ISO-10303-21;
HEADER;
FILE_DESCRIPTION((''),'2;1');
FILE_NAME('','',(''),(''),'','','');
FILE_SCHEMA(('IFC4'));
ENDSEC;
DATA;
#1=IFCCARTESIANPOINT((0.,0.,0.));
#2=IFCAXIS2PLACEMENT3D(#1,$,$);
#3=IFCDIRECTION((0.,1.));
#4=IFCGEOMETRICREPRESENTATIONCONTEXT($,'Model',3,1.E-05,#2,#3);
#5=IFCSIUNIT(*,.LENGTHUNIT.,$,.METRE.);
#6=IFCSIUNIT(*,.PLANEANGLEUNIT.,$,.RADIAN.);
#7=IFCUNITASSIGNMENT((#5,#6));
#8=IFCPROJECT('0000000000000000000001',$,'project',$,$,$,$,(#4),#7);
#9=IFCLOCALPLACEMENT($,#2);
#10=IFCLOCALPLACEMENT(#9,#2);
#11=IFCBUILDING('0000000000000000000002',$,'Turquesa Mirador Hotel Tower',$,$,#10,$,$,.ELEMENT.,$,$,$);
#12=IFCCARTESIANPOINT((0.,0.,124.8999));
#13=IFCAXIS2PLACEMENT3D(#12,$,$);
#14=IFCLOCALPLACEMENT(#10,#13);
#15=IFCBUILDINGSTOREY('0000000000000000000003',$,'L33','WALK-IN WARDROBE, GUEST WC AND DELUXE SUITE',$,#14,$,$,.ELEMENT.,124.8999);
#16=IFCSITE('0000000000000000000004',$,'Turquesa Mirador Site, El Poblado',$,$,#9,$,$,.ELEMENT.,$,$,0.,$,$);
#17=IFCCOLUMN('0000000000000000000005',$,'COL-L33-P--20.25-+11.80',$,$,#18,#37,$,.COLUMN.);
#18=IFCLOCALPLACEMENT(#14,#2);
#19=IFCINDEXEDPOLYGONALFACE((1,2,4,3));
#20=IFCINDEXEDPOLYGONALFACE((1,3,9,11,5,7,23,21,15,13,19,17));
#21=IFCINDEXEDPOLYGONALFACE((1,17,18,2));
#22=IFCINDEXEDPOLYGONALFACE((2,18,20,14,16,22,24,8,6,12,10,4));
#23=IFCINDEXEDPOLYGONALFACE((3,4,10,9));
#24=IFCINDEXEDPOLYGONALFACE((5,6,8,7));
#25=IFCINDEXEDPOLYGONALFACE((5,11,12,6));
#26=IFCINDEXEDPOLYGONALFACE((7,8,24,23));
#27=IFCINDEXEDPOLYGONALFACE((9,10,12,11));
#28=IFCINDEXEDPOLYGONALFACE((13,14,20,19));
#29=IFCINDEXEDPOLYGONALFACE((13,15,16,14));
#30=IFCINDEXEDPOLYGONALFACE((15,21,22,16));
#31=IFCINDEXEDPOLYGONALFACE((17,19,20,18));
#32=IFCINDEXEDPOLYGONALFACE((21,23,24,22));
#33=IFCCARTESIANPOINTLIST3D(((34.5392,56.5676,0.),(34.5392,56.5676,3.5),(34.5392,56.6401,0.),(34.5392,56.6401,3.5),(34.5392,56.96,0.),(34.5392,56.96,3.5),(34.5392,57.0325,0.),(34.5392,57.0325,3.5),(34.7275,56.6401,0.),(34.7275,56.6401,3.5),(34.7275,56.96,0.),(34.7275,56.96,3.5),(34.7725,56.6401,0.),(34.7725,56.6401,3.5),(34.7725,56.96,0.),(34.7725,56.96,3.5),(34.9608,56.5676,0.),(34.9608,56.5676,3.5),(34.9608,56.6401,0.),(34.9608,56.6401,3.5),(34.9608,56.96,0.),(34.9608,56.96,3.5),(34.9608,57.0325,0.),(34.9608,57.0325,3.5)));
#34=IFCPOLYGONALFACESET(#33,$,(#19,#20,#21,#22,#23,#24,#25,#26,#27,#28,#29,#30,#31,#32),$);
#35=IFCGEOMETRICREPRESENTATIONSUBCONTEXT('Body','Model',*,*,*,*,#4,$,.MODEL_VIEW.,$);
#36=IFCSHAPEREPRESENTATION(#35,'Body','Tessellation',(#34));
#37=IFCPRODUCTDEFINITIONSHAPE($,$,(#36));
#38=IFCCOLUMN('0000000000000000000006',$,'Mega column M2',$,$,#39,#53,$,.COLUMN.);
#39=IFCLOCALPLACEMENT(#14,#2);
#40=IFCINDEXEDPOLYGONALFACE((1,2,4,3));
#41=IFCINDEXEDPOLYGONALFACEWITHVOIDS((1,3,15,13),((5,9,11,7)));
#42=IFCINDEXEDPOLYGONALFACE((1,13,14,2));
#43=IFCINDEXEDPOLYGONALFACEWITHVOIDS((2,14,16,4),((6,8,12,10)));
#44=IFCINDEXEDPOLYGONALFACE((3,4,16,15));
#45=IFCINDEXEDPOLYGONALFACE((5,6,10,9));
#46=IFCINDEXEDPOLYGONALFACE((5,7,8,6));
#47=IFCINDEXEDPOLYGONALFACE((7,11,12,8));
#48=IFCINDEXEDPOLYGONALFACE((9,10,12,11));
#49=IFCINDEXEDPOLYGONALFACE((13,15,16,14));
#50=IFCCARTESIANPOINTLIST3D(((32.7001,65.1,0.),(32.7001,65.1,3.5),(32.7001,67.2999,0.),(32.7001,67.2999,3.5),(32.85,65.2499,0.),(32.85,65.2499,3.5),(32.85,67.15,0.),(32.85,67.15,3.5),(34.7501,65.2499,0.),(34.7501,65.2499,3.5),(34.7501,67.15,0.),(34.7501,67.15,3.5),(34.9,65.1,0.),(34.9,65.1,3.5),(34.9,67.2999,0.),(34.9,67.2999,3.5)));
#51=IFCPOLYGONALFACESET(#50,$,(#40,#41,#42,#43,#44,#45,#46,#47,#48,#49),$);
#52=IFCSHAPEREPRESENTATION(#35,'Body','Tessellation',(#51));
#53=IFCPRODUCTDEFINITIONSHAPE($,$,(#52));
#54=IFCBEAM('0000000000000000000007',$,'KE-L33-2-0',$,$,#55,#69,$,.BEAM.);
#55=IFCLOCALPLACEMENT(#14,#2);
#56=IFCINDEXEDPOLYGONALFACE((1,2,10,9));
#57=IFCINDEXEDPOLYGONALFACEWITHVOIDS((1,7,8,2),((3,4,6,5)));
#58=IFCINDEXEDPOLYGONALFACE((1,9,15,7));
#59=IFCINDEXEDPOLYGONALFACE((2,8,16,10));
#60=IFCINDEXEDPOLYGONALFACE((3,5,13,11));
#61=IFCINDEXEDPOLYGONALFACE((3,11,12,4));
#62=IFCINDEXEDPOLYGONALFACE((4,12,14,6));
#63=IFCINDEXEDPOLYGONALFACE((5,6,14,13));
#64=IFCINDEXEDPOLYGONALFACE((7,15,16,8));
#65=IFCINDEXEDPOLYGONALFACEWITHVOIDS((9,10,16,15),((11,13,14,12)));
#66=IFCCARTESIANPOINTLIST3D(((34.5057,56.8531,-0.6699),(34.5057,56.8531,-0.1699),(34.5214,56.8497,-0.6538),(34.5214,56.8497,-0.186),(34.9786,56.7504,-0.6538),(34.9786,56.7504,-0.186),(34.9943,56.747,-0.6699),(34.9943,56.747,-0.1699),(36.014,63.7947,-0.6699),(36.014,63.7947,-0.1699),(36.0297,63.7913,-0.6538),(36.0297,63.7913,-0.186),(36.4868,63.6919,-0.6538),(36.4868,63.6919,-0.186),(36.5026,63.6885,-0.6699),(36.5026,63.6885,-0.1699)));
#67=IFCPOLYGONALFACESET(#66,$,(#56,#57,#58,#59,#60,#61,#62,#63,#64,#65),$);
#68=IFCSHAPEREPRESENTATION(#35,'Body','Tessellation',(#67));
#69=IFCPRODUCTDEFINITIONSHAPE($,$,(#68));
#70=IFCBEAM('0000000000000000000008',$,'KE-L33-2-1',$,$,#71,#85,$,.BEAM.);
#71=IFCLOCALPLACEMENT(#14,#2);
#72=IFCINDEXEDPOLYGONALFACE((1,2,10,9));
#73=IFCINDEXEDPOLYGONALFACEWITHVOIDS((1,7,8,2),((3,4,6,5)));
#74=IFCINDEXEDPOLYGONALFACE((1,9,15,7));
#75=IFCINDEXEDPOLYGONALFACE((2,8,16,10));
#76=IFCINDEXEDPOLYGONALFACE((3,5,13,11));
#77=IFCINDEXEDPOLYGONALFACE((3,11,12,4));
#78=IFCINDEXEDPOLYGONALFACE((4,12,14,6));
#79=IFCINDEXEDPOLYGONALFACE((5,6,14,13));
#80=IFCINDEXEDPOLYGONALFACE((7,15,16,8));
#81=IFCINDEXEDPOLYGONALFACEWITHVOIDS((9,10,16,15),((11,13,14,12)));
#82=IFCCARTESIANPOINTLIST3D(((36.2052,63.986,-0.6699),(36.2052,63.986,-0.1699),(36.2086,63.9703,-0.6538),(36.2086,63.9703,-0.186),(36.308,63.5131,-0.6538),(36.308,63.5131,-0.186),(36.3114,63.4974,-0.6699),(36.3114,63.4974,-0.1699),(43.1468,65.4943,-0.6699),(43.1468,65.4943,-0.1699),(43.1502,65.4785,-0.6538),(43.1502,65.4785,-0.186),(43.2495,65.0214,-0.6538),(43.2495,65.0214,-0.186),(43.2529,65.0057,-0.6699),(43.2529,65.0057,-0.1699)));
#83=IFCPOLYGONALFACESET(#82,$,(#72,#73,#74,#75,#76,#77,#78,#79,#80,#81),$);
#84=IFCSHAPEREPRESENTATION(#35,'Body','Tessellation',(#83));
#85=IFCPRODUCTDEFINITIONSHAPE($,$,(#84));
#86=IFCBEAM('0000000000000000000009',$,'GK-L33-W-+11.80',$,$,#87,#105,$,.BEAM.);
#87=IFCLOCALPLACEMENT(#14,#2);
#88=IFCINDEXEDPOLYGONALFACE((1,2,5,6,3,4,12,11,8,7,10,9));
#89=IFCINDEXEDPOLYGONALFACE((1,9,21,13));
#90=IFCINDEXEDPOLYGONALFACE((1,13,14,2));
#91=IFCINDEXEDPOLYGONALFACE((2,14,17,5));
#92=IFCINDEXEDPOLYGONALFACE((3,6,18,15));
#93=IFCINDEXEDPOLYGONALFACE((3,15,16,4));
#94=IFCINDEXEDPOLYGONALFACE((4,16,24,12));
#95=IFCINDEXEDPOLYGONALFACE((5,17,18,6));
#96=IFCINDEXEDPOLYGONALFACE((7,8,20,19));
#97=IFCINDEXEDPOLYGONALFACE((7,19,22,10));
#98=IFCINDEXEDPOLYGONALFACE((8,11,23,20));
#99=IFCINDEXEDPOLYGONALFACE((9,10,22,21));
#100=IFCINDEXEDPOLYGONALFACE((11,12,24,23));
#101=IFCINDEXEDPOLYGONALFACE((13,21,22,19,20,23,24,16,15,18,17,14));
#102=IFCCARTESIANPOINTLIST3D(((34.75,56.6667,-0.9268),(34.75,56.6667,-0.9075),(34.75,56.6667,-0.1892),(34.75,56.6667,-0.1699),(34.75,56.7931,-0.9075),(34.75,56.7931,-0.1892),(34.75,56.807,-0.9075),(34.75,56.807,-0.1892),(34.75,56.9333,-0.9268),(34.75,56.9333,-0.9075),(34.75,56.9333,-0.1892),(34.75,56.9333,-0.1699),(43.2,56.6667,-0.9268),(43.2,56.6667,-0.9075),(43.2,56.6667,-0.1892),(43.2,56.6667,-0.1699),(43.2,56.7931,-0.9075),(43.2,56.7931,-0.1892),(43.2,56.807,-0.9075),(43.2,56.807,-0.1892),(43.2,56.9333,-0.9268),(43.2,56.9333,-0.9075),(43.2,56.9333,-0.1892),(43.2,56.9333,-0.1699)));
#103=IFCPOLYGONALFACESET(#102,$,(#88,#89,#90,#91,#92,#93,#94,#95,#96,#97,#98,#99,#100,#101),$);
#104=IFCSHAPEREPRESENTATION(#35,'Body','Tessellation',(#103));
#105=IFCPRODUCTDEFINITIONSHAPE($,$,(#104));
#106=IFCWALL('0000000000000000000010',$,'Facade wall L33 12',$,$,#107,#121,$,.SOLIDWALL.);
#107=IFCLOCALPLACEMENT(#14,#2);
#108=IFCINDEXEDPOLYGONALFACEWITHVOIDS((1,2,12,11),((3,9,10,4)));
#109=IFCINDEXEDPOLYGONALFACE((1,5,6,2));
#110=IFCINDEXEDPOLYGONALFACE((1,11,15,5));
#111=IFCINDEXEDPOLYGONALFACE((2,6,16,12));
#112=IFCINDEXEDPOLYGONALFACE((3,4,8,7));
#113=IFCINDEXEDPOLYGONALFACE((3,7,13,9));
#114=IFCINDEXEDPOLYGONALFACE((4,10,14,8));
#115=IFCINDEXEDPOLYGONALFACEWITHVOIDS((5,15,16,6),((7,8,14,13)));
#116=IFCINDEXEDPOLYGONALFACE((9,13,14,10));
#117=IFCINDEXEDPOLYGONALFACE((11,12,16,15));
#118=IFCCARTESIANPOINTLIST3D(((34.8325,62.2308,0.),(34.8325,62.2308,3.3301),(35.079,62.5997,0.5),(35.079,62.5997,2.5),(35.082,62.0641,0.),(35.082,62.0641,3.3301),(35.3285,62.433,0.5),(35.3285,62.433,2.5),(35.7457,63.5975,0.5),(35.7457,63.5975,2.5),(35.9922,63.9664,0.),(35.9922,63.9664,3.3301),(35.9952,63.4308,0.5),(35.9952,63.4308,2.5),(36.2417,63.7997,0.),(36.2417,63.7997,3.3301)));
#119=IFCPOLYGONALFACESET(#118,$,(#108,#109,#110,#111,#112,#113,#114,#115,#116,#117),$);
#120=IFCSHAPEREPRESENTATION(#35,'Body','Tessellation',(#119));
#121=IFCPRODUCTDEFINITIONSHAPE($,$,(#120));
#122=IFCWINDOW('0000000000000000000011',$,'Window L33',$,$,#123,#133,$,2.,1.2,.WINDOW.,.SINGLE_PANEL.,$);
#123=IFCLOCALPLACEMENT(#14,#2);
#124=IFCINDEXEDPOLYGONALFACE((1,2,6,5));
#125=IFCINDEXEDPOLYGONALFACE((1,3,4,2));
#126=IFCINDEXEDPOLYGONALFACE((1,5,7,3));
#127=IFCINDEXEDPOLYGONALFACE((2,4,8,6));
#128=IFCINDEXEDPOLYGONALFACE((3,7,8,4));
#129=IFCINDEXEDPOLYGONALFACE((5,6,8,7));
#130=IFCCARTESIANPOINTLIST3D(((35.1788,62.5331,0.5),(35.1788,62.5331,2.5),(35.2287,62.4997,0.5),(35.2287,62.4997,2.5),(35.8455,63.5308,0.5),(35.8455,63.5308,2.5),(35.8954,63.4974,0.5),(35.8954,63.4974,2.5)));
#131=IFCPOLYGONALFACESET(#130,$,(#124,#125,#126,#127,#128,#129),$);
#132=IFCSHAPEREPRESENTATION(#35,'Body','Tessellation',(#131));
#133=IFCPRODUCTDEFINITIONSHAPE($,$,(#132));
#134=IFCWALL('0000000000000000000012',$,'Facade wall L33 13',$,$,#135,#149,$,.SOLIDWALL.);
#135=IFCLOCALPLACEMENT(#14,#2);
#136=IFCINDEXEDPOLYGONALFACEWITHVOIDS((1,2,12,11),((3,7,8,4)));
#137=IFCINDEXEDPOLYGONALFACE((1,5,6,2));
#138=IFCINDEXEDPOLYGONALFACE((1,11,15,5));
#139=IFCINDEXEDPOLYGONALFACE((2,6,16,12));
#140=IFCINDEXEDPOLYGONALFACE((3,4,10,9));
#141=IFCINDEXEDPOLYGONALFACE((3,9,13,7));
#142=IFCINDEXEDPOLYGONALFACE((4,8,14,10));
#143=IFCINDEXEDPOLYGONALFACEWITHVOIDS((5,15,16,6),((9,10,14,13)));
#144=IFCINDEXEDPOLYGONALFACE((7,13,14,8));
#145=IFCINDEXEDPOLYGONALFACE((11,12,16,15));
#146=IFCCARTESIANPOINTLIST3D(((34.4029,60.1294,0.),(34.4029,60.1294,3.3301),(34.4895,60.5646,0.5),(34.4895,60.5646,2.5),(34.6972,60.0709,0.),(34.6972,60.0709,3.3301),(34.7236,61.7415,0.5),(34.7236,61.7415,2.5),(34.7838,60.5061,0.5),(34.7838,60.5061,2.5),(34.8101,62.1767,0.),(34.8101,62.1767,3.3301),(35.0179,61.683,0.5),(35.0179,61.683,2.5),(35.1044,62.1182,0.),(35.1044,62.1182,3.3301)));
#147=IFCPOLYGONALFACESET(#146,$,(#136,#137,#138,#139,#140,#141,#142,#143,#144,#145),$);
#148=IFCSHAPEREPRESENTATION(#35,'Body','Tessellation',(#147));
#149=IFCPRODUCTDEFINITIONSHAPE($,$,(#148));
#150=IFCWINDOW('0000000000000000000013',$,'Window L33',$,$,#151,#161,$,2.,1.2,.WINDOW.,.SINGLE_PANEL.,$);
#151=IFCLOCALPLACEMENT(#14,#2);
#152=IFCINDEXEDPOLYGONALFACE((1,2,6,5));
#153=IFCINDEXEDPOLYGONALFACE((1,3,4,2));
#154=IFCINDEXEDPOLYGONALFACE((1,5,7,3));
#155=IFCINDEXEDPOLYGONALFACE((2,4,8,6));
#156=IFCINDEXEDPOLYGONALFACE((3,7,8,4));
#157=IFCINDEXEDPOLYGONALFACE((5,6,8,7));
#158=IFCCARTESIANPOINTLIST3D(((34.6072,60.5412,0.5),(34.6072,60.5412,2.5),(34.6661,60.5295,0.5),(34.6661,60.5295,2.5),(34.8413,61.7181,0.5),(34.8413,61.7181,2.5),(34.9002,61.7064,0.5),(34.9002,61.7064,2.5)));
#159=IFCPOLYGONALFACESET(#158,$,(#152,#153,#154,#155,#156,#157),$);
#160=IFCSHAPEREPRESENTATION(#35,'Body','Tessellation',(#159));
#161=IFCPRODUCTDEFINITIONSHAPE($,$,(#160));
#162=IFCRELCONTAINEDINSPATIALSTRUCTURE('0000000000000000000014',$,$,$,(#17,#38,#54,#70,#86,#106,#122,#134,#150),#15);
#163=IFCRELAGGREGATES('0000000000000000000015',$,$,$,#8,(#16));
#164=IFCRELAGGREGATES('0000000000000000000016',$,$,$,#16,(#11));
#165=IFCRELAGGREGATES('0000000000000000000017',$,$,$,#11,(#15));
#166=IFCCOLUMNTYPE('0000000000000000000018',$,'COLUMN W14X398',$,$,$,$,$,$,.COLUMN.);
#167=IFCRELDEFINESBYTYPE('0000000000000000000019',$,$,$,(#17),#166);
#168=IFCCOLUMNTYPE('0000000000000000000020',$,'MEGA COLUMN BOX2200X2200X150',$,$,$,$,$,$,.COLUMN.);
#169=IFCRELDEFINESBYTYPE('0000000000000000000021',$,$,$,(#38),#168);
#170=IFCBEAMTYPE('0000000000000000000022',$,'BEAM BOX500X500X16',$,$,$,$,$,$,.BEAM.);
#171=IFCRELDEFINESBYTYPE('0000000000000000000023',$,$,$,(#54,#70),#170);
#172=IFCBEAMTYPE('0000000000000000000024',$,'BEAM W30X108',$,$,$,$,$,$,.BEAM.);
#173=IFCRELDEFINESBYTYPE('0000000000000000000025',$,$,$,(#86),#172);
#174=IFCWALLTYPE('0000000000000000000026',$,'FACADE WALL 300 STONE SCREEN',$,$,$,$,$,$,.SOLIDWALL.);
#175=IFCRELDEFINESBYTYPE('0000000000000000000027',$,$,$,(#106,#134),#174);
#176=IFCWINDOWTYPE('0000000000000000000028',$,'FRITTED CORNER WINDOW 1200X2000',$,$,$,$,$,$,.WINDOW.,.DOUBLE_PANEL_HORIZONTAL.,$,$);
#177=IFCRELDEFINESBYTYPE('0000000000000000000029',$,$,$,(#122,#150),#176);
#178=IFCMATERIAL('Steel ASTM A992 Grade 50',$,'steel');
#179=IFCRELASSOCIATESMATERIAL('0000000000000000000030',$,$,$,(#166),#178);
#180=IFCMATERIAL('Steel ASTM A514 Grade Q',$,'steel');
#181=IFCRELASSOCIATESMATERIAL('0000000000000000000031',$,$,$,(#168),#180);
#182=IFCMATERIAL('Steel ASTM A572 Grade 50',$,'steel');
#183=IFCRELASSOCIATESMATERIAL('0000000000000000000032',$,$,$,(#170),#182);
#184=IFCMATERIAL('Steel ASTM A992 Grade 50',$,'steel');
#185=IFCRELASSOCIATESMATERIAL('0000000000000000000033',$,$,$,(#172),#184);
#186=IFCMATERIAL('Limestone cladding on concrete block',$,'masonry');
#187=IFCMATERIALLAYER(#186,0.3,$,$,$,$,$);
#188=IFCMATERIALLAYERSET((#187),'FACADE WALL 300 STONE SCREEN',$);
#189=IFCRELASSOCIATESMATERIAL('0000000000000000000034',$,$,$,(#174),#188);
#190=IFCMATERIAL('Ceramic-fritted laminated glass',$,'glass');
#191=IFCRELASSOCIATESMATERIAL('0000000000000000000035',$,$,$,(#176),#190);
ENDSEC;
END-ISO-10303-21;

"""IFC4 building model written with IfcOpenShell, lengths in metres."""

from ifc_helpers import new_model, si_unit, direction, frame, frame_2d, origin, origin_2d, place, context, subcontext, project, spatial, rectangle, hollow_rectangle, i_section, extrude, material, layer, layer_set, material_profile, profile_set, type_object, element, fill, save


model = new_model("IFC4")

# Units and contexts
model_context = context("Model", 3, precision=1e-05, world=origin(), true_north=direction((0.0, 1.0)))
body_context = subcontext(model_context, "Body", "Model", "MODEL_VIEW")
ifc_project = project(units=[si_unit("LENGTHUNIT", "METRE"), si_unit("PLANEANGLEUNIT", "RADIAN")], contexts=[model_context])

# Site, building, storey
site_placement = place(None, origin())
site = spatial("IfcSite", under=ifc_project, at=site_placement, Name="Turquesa Mirador Site, El Poblado", CompositionType="ELEMENT", RefElevation=0.0)
building_placement = place(site_placement, origin())
building = spatial("IfcBuilding", under=site, at=building_placement, Name="Turquesa Mirador Hotel Tower", CompositionType="ELEMENT")
storey_placement = place(building_placement, frame((0.0, 0.0, 124.8999)))
storey = spatial("IfcBuildingStorey", under=building, at=storey_placement, Name="L33", Description="WALK-IN WARDROBE, GUEST WC AND DELUXE SUITE", CompositionType="ELEMENT", Elevation=124.8999)

# Columns
ifc_material_1 = material(Name="Steel ASTM A992 Grade 50", Category="steel")
ifc_material_profile_1 = material_profile(ifc_material_1, i_section(OverallWidth=0.4216, OverallDepth=0.4648, WebThickness=0.0449, FlangeThickness=0.0725, at=origin_2d()), Name="W14X398")
ifc_profile_set_1 = profile_set([ifc_material_profile_1], Name="Steel ASTM A992 Grade 50")
column_type_1 = type_object("IfcColumnType", Name="COLUMN W14X398", PredefinedType="COLUMN", material=ifc_profile_set_1)
column_1_placement = place(storey_placement, frame((34.75, 56.8, 0.0), z_axis=(0.0, 0.0, 1.0), x_axis=(1.0, 0.0, 0.0)))
element("IfcColumn", 1, at=column_1_placement, inside=storey, type_object=column_type_1, Name="COL-L33-P--20.25-+11.80", PredefinedType="COLUMN", context=body_context, shape_type="SweptSolid", body=[
    extrude(i_section(OverallWidth=0.4216, OverallDepth=0.4648, WebThickness=0.0449, FlangeThickness=0.0725, at=origin_2d()), origin(), (0.0, 0.0, 1.0), 3.5),
])
ifc_material_2 = material(Name="Steel ASTM A514 Grade Q", Category="steel")
ifc_material_profile_2 = material_profile(ifc_material_2, hollow_rectangle(XDim=2.2, YDim=2.2, WallThickness=0.1499, at=origin_2d()), Name="BOX2200X2200X150")
ifc_profile_set_2 = profile_set([ifc_material_profile_2], Name="Steel ASTM A514 Grade Q")
column_type_2 = type_object("IfcColumnType", Name="MEGA COLUMN BOX2200X2200X150", PredefinedType="COLUMN", material=ifc_profile_set_2)
column_2_placement = place(storey_placement, frame((33.8, 66.2, 0.0), z_axis=(0.0, 0.0, 1.0), x_axis=(1.0, 0.0, 0.0)))
element("IfcColumn", 2, at=column_2_placement, inside=storey, type_object=column_type_2, Name="Mega column M2", PredefinedType="COLUMN", context=body_context, shape_type="SweptSolid", body=[
    extrude(hollow_rectangle(XDim=2.2, YDim=2.2, WallThickness=0.1499, at=origin_2d()), origin(), (0.0, 0.0, 1.0), 3.5),
])

# Beams
ifc_material_3 = material(Name="Steel ASTM A572 Grade 50", Category="steel")
ifc_material_profile_3 = material_profile(ifc_material_3, hollow_rectangle(XDim=0.5, YDim=0.5, WallThickness=0.0161, at=origin_2d()), Name="BOX500X500X16")
ifc_profile_set_3 = profile_set([ifc_material_profile_3], Name="Steel ASTM A572 Grade 50")
beam_type_1 = type_object("IfcBeamType", Name="BEAM BOX500X500X16", PredefinedType="BEAM", material=ifc_profile_set_3)
for number, where, z_axis, x_axis, name in (
    (3, (34.75, 56.8, -0.4199), (0.212328, 0.977198, 0.0), (-0.977198, 0.212328, 0.0), "KE-L33-2-0"),
    (4, (36.2583, 63.7417, -0.4199), (0.977198, 0.212328, 0.0), (-0.212328, 0.977198, 0.0), "KE-L33-2-1"),
):
    element("IfcBeam", number, at=place(storey_placement, frame(where, z_axis=z_axis, x_axis=x_axis)), inside=storey, type_object=beam_type_1, Name=name, PredefinedType="BEAM", context=body_context, shape_type="SweptSolid", body=[
        extrude(hollow_rectangle(XDim=0.5, YDim=0.5, WallThickness=0.0161, at=origin_2d()), origin(), (0.0, 0.0, 1.0), 7.1035),
    ])
ifc_material_4 = material(Name="Steel ASTM A992 Grade 50", Category="steel")
ifc_material_profile_4 = material_profile(ifc_material_4, i_section(OverallWidth=0.2666, OverallDepth=0.7568, WebThickness=0.0139, FlangeThickness=0.0193, at=origin_2d()), Name="W30X108")
ifc_profile_set_4 = profile_set([ifc_material_profile_4], Name="Steel ASTM A992 Grade 50")
beam_type_2 = type_object("IfcBeamType", Name="BEAM W30X108", PredefinedType="BEAM", material=ifc_profile_set_4)
beam_placement = place(storey_placement, frame((34.75, 56.8, -0.5483), z_axis=(1.0, 0.0, 0.0), x_axis=(0.0, 1.0, 0.0)))
element("IfcBeam", 5, at=beam_placement, inside=storey, type_object=beam_type_2, Name="GK-L33-W-+11.80", PredefinedType="BEAM", context=body_context, shape_type="SweptSolid", body=[
    extrude(i_section(OverallWidth=0.2666, OverallDepth=0.7568, WebThickness=0.0139, FlangeThickness=0.0193, at=origin_2d()), origin(), (0.0, 0.0, 1.0), 8.45),
])

# Walls, openings, windows
ifc_material_5 = material(Name="Limestone cladding on concrete block", Category="masonry")
ifc_layer = layer(ifc_material_5, 0.3)
ifc_layer_set = layer_set([ifc_layer], Name="FACADE WALL 300 STONE SCREEN")
wall_type = type_object("IfcWallType", Name="FACADE WALL 300 STONE SCREEN", PredefinedType="SOLIDWALL", material=ifc_layer_set)
wall_1_placement = place(storey_placement, frame((36.1169, 63.8831, 0.0), z_axis=(0.0, 0.0, 1.0), x_axis=(-0.555564, -0.831474, 0.0)))
wall_1 = element("IfcWall", 6, at=wall_1_placement, inside=storey, type_object=wall_type, Name="Facade wall L33 12", PredefinedType="SOLIDWALL", context=body_context, shape_type="SweptSolid", body=[
    extrude(rectangle(XDim=2.0874, YDim=0.3, at=frame_2d((1.0437, 0.0))), origin(), (0.0, 0.0, 1.0), 3.3301),
])
opening_1_placement = place(wall_1_placement, frame((0.4436, 0.0, 0.5)))
opening_1 = element("IfcOpeningElement", 7, at=opening_1_placement, cuts=wall_1, PredefinedType="OPENING", context=body_context, shape_type="SweptSolid", body=[
    extrude(rectangle(XDim=1.2, YDim=2.0, at=frame_2d((0.6001, 1.0))), frame((0.0, 0.1599, 0.0), z_axis=(0.0, -1.0, 0.0), x_axis=(1.0, 0.0, 0.0)), (0.0, 0.0, 1.0), 0.3201),
])
ifc_material_6 = material(Name="Ceramic-fritted laminated glass", Category="glass")
window_type_1 = type_object("IfcWindowType", Name="FRITTED CORNER WINDOW 1200X2000", PartitioningType="DOUBLE_PANEL_HORIZONTAL", PredefinedType="WINDOW", material=ifc_material_6)
window_1_placement = place(opening_1_placement, origin())
window_1 = element("IfcWindow", 8, at=window_1_placement, inside=storey, type_object=window_type_1, Name="Window L33", OverallHeight=2.0, OverallWidth=1.2, PartitioningType="SINGLE_PANEL", PredefinedType="WINDOW", context=body_context, shape_type="SweptSolid", body=[
    extrude(rectangle(XDim=1.2, YDim=2.0, at=frame_2d((0.6001, 1.0))), frame((0.0, 0.03, 0.0), z_axis=(0.0, -1.0, 0.0), x_axis=(1.0, 0.0, 0.0)), (0.0, 0.0, 1.0), 0.0601),
])
fill(opening_1, window_1)
wall_2_placement = place(storey_placement, frame((34.9573, 62.1475, 0.0), z_axis=(0.0, 0.0, 1.0), x_axis=(-0.195081, -0.980787, 0.0)))
wall_2 = element("IfcWall", 9, at=wall_2_placement, inside=storey, type_object=wall_type, Name="Facade wall L33 13", PredefinedType="SOLIDWALL", context=body_context, shape_type="SweptSolid", body=[
    extrude(rectangle(XDim=2.0874, YDim=0.3, at=frame_2d((1.0437, 0.0))), origin(), (0.0, 0.0, 1.0), 3.3301),
])
opening_2_placement = place(wall_2_placement, frame((0.4436, 0.0, 0.5)))
opening_2 = element("IfcOpeningElement", 10, at=opening_2_placement, cuts=wall_2, PredefinedType="OPENING", context=body_context, shape_type="SweptSolid", body=[
    extrude(rectangle(XDim=1.2, YDim=2.0, at=frame_2d((0.6001, 1.0))), frame((0.0, 0.1599, 0.0), z_axis=(0.0, -1.0, 0.0), x_axis=(1.0, 0.0, 0.0)), (0.0, 0.0, 1.0), 0.3201),
])
window_2_placement = place(opening_2_placement, origin())
window_2 = element("IfcWindow", 11, at=window_2_placement, inside=storey, type_object=window_type_1, Name="Window L33", OverallHeight=2.0, OverallWidth=1.2, PartitioningType="SINGLE_PANEL", PredefinedType="WINDOW", context=body_context, shape_type="SweptSolid", body=[
    extrude(rectangle(XDim=1.2, YDim=2.0, at=frame_2d((0.6001, 1.0))), frame((0.0, 0.03, 0.0), z_axis=(0.0, -1.0, 0.0), x_axis=(1.0, 0.0, 0.0)), (0.0, 0.0, 1.0), 0.0601),
])
fill(opening_2, window_2)

save(model, "model.ifc")
